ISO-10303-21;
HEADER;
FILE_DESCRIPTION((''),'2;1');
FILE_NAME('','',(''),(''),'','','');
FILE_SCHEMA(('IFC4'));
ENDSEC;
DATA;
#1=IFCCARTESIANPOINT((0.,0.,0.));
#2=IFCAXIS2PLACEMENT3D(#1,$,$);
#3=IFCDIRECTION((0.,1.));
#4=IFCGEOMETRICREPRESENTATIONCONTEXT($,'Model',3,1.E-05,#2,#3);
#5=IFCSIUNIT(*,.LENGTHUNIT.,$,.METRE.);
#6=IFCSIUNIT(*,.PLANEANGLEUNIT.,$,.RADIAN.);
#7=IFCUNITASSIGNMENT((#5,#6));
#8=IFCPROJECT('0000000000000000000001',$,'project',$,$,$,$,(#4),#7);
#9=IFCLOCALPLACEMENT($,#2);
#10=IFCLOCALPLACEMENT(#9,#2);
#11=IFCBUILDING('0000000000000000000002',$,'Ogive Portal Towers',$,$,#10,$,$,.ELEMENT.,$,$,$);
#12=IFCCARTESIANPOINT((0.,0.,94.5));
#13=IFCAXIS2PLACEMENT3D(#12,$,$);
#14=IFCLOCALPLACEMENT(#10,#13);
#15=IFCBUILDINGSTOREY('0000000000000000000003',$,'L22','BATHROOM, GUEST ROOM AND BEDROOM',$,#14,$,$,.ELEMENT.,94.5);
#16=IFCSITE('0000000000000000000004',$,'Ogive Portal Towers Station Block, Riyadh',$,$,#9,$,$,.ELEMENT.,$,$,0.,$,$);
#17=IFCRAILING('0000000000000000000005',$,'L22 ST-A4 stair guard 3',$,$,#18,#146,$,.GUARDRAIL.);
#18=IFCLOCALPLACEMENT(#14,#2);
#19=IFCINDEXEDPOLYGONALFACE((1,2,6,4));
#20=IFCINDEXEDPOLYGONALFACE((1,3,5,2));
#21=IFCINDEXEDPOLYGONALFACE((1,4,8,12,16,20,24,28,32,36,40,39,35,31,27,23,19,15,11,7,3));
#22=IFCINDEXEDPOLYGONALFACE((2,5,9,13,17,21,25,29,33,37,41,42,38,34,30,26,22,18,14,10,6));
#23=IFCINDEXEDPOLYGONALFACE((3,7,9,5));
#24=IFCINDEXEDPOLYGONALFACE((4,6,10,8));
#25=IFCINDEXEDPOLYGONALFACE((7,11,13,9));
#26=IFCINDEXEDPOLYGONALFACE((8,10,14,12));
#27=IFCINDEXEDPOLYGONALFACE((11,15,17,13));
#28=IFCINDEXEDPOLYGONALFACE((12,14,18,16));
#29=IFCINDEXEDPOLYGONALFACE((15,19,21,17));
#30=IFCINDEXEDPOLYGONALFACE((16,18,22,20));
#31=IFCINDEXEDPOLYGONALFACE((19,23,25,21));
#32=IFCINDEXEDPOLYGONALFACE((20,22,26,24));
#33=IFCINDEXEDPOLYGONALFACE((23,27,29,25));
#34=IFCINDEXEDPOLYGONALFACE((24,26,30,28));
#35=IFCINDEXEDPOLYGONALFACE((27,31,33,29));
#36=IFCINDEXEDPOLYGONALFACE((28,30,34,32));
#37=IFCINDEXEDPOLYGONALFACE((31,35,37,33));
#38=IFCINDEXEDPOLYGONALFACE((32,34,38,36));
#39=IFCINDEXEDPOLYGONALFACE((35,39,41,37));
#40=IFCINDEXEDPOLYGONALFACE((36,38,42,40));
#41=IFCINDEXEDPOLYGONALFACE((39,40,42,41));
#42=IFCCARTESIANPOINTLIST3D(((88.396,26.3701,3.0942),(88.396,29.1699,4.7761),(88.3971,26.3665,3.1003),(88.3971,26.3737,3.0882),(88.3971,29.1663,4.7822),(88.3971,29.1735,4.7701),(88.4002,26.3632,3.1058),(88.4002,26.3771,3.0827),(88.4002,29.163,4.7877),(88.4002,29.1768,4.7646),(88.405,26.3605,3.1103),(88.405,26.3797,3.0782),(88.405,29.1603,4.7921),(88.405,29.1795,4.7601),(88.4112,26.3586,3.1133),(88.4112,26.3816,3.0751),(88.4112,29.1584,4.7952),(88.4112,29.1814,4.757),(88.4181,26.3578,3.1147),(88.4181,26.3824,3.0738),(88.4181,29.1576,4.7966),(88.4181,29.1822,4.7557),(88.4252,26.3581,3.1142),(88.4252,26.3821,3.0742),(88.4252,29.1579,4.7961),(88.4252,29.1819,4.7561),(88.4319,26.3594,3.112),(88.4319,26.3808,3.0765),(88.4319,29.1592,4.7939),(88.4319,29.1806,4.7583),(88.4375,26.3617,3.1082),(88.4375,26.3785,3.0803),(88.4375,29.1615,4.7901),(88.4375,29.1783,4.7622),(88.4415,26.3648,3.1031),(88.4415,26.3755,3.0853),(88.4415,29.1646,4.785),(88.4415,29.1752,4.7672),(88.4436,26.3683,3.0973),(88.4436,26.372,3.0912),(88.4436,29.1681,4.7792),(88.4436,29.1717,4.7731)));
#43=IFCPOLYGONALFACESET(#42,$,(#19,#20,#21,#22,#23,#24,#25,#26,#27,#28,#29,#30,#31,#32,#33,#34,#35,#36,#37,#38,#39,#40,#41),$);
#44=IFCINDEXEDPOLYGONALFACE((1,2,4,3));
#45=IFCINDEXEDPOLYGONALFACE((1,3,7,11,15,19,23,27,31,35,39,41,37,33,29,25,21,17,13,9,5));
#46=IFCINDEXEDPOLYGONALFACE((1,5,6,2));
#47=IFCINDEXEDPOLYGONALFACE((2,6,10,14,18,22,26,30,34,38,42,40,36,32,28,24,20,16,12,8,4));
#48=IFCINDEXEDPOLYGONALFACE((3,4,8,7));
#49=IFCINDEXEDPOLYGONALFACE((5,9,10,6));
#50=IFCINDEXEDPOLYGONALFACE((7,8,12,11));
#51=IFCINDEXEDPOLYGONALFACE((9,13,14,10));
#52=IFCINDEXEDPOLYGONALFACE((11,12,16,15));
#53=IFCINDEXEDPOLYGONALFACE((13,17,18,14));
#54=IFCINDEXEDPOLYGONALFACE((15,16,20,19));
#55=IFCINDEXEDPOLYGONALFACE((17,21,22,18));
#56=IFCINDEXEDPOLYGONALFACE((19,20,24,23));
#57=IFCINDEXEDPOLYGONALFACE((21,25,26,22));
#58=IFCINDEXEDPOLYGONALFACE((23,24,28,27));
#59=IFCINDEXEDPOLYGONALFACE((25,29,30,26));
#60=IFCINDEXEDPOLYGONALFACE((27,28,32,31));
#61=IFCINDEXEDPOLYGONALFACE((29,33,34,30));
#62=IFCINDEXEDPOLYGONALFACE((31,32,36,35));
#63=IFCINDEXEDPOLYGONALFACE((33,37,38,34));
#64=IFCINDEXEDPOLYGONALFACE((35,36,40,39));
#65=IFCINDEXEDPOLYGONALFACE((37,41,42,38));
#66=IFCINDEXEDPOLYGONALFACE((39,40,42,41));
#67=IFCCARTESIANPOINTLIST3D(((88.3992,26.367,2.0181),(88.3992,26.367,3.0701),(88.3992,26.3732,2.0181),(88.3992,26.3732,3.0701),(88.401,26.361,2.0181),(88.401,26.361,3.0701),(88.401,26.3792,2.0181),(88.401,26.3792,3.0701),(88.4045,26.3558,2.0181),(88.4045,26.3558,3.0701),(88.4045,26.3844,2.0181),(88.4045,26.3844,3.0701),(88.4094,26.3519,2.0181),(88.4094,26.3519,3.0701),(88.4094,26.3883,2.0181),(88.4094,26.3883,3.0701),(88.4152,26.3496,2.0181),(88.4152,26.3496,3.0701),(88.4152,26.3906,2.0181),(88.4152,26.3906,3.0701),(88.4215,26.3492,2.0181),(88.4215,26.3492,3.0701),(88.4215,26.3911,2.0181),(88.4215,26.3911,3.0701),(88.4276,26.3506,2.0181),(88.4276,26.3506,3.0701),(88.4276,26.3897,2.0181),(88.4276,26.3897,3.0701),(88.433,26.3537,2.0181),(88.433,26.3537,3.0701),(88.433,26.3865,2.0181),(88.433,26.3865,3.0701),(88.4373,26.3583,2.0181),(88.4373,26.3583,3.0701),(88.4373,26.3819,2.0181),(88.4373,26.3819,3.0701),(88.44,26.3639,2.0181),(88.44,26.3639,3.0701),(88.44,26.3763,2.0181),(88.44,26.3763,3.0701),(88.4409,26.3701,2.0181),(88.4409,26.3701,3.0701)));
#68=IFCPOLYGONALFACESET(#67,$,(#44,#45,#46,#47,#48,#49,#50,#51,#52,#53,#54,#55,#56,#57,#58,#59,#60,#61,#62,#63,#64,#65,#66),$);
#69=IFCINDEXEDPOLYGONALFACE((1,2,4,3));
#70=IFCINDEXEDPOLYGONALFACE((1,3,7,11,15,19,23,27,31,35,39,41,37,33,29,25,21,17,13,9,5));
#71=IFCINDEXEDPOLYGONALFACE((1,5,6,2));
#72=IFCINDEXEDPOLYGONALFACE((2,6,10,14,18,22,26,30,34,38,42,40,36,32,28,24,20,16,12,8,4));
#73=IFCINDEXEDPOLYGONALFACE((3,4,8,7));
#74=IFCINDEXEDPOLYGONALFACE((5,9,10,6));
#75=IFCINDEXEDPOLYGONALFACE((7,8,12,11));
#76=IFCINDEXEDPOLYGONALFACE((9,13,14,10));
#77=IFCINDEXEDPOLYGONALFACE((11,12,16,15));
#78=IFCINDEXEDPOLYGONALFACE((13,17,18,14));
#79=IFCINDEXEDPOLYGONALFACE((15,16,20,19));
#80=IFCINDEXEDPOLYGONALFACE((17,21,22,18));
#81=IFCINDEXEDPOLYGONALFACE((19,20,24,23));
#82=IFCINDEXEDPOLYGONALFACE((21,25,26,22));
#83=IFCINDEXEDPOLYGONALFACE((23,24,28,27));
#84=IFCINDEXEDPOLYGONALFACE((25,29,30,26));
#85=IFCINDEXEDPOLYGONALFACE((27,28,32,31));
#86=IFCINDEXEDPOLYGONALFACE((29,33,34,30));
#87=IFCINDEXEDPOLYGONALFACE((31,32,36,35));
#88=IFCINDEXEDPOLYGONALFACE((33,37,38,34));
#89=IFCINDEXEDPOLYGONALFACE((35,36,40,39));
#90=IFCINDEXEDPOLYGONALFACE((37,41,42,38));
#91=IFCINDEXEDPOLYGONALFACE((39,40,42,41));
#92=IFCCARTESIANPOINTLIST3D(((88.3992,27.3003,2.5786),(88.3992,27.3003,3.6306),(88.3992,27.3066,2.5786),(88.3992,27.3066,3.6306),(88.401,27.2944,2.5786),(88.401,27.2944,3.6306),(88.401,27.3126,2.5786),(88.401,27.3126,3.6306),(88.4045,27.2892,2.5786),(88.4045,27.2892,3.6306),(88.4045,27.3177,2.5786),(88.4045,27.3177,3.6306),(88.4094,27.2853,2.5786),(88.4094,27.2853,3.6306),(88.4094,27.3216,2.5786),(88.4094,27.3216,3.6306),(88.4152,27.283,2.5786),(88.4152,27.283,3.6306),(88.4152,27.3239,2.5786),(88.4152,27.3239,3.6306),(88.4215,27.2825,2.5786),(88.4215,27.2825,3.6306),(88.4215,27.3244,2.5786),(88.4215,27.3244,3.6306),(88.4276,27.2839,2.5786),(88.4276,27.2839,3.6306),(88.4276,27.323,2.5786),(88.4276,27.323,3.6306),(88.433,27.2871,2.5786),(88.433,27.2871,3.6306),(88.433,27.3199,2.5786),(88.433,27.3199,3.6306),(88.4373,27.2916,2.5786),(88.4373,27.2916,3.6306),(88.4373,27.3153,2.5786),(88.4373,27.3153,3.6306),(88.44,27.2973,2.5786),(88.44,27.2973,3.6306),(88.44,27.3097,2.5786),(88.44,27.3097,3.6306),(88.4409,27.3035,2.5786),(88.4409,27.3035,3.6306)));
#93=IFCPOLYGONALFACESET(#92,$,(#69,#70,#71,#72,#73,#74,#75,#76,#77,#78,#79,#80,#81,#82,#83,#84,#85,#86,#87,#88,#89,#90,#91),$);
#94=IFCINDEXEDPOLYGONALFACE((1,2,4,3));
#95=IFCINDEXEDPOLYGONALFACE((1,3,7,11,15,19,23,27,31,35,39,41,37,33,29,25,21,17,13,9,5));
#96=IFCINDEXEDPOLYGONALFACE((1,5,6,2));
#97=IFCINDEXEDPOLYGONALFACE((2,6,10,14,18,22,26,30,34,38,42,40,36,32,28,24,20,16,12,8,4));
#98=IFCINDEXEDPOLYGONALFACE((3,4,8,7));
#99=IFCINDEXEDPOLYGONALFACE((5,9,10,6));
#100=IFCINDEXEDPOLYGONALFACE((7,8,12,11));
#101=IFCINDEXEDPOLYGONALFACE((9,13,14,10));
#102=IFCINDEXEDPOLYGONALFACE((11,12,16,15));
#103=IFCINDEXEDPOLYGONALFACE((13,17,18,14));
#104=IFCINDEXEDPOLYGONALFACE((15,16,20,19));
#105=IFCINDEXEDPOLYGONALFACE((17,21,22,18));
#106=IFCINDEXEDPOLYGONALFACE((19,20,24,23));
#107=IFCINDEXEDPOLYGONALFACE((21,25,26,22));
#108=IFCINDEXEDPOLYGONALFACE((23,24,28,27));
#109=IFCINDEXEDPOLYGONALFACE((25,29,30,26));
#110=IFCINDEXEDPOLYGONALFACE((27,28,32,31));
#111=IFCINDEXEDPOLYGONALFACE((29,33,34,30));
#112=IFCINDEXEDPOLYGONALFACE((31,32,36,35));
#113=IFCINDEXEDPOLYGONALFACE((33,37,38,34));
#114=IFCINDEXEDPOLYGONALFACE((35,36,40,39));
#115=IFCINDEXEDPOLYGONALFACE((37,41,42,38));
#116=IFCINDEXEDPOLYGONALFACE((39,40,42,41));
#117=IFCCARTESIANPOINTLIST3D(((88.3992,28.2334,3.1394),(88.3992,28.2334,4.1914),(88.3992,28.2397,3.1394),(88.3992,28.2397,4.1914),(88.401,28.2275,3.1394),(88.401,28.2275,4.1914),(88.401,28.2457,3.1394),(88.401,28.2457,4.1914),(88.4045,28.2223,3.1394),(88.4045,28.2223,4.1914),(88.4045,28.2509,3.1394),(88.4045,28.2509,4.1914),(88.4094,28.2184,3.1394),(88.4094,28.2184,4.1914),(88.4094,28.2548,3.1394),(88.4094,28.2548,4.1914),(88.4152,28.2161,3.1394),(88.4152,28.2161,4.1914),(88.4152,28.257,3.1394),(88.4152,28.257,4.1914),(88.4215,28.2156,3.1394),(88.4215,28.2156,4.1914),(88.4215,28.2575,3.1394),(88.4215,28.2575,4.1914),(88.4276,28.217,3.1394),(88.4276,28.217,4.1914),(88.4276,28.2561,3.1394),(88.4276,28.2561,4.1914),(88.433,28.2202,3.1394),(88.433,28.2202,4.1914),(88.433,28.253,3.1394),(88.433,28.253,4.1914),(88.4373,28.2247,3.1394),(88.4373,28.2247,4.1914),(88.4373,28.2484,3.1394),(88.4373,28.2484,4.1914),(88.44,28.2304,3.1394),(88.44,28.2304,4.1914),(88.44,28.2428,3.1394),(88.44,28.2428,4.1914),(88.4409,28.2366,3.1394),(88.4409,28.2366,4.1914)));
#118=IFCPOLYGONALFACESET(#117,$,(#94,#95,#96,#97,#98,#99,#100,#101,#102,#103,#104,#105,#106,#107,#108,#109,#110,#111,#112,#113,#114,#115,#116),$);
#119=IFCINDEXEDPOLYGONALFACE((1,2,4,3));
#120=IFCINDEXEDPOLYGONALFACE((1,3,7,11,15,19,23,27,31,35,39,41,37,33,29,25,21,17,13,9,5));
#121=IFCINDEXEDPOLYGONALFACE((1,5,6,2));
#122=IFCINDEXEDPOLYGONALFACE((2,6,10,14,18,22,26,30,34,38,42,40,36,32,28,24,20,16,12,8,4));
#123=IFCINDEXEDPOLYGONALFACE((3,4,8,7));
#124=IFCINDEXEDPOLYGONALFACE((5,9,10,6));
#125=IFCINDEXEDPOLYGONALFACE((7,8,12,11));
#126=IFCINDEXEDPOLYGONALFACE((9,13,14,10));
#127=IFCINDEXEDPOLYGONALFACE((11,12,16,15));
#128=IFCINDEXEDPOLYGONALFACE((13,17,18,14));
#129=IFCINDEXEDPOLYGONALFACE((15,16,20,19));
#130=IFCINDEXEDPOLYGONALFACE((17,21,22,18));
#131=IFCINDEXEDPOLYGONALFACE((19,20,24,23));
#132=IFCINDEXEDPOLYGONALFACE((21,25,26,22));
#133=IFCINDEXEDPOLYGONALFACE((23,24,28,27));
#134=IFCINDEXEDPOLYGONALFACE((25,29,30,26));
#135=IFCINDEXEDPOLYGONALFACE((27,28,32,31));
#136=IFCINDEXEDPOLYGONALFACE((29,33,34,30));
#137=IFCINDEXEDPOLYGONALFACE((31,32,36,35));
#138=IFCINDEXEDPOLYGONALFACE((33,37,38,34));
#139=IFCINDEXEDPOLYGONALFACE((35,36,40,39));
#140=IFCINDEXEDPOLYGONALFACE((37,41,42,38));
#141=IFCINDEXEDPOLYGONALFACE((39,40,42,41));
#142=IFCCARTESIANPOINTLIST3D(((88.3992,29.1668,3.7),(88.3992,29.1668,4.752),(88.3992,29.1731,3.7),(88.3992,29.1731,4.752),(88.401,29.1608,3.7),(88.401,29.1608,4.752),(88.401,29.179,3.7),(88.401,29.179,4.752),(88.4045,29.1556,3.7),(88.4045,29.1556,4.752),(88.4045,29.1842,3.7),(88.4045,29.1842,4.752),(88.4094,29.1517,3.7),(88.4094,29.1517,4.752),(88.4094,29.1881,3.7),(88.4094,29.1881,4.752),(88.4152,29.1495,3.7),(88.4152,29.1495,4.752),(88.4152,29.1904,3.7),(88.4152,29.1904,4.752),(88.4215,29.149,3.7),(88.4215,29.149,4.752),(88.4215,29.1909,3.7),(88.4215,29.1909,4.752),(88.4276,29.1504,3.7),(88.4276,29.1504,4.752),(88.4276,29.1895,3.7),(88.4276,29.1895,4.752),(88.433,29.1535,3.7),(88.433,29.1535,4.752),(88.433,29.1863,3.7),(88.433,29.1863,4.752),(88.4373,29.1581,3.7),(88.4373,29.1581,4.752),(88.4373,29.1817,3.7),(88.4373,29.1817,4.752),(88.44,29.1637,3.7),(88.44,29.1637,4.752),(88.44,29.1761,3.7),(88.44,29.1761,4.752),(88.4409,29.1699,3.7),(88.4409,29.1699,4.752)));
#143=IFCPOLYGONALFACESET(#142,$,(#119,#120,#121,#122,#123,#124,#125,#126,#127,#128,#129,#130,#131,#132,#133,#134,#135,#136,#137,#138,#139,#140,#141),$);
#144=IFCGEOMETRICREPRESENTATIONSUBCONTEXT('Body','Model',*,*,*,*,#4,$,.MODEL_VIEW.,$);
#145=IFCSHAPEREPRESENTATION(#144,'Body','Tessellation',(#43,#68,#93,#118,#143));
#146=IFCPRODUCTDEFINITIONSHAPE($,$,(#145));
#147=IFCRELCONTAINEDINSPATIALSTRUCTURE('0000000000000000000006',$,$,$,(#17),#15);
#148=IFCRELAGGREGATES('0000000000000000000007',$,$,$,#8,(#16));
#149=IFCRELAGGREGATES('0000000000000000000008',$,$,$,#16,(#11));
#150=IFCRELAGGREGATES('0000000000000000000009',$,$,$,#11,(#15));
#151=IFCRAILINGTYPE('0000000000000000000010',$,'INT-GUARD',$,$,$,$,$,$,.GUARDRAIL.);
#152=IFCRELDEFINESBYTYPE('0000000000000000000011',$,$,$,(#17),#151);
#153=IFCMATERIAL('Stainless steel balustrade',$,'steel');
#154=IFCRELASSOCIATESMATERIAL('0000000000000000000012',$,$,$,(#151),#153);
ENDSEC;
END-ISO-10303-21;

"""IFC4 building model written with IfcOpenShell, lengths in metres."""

from ifc_helpers import new_model, si_unit, direction, frame, origin, origin_2d, place, context, subcontext, project, spatial, circle, extrude, material, type_object, element, save


model = new_model("IFC4")

# Units and contexts
model_context = context("Model", 3, precision=1e-05, world=origin(), true_north=direction((0.0, 1.0)))
body_context = subcontext(model_context, "Body", "Model", "MODEL_VIEW")
ifc_project = project(units=[si_unit("LENGTHUNIT", "METRE"), si_unit("PLANEANGLEUNIT", "RADIAN")], contexts=[model_context])

# Site, building, storey
site_placement = place(None, origin())
site = spatial("IfcSite", under=ifc_project, at=site_placement, Name="Ogive Portal Towers Station Block, Riyadh", CompositionType="ELEMENT", RefElevation=0.0)
building_placement = place(site_placement, origin())
building = spatial("IfcBuilding", under=site, at=building_placement, Name="Ogive Portal Towers", CompositionType="ELEMENT")
storey_placement = place(building_placement, frame((0.0, 0.0, 94.5)))
storey = spatial("IfcBuildingStorey", under=building, at=storey_placement, Name="L22", Description="BATHROOM, GUEST ROOM AND BEDROOM", CompositionType="ELEMENT", Elevation=94.5)

# Railing
ifc_material_1 = material(Name="Stainless steel balustrade", Category="steel")
railing_type_1 = type_object("IfcRailingType", Name="INT-GUARD", PredefinedType="GUARDRAIL", material=ifc_material_1)
railing_1_placement = place(storey_placement, frame((88.4199, 26.3701, 2.0181)))
element("IfcRailing", 1, at=railing_1_placement, inside=storey, type_object=railing_type_1, Name="L22 ST-A4 stair guard 3", PredefinedType="GUARDRAIL", context=body_context, shape_type="SweptSolid", body=[
    extrude(circle(Radius=0.0239, at=origin_2d()), frame((0.0, 0.0, 1.0762), z_axis=(0.0, 0.857222, 0.514946), x_axis=(-1.0, 0.0, 0.0)), (0.0, 0.0, 1.0), 3.2661),
    extrude(circle(Radius=0.021, at=origin_2d()), origin(), (0.0, 0.0, 1.0), 1.052),
    extrude(circle(Radius=0.021, at=origin_2d()), frame((0.0, 0.9333, 0.5605)), (0.0, 0.0, 1.0), 1.052),
    extrude(circle(Radius=0.021, at=origin_2d()), frame((0.0, 1.8665, 1.1213)), (0.0, 0.0, 1.0), 1.052),
    extrude(circle(Radius=0.021, at=origin_2d()), frame((0.0, 2.7998, 1.6819)), (0.0, 0.0, 1.0), 1.052),
])

save(model, "model.ifc")
